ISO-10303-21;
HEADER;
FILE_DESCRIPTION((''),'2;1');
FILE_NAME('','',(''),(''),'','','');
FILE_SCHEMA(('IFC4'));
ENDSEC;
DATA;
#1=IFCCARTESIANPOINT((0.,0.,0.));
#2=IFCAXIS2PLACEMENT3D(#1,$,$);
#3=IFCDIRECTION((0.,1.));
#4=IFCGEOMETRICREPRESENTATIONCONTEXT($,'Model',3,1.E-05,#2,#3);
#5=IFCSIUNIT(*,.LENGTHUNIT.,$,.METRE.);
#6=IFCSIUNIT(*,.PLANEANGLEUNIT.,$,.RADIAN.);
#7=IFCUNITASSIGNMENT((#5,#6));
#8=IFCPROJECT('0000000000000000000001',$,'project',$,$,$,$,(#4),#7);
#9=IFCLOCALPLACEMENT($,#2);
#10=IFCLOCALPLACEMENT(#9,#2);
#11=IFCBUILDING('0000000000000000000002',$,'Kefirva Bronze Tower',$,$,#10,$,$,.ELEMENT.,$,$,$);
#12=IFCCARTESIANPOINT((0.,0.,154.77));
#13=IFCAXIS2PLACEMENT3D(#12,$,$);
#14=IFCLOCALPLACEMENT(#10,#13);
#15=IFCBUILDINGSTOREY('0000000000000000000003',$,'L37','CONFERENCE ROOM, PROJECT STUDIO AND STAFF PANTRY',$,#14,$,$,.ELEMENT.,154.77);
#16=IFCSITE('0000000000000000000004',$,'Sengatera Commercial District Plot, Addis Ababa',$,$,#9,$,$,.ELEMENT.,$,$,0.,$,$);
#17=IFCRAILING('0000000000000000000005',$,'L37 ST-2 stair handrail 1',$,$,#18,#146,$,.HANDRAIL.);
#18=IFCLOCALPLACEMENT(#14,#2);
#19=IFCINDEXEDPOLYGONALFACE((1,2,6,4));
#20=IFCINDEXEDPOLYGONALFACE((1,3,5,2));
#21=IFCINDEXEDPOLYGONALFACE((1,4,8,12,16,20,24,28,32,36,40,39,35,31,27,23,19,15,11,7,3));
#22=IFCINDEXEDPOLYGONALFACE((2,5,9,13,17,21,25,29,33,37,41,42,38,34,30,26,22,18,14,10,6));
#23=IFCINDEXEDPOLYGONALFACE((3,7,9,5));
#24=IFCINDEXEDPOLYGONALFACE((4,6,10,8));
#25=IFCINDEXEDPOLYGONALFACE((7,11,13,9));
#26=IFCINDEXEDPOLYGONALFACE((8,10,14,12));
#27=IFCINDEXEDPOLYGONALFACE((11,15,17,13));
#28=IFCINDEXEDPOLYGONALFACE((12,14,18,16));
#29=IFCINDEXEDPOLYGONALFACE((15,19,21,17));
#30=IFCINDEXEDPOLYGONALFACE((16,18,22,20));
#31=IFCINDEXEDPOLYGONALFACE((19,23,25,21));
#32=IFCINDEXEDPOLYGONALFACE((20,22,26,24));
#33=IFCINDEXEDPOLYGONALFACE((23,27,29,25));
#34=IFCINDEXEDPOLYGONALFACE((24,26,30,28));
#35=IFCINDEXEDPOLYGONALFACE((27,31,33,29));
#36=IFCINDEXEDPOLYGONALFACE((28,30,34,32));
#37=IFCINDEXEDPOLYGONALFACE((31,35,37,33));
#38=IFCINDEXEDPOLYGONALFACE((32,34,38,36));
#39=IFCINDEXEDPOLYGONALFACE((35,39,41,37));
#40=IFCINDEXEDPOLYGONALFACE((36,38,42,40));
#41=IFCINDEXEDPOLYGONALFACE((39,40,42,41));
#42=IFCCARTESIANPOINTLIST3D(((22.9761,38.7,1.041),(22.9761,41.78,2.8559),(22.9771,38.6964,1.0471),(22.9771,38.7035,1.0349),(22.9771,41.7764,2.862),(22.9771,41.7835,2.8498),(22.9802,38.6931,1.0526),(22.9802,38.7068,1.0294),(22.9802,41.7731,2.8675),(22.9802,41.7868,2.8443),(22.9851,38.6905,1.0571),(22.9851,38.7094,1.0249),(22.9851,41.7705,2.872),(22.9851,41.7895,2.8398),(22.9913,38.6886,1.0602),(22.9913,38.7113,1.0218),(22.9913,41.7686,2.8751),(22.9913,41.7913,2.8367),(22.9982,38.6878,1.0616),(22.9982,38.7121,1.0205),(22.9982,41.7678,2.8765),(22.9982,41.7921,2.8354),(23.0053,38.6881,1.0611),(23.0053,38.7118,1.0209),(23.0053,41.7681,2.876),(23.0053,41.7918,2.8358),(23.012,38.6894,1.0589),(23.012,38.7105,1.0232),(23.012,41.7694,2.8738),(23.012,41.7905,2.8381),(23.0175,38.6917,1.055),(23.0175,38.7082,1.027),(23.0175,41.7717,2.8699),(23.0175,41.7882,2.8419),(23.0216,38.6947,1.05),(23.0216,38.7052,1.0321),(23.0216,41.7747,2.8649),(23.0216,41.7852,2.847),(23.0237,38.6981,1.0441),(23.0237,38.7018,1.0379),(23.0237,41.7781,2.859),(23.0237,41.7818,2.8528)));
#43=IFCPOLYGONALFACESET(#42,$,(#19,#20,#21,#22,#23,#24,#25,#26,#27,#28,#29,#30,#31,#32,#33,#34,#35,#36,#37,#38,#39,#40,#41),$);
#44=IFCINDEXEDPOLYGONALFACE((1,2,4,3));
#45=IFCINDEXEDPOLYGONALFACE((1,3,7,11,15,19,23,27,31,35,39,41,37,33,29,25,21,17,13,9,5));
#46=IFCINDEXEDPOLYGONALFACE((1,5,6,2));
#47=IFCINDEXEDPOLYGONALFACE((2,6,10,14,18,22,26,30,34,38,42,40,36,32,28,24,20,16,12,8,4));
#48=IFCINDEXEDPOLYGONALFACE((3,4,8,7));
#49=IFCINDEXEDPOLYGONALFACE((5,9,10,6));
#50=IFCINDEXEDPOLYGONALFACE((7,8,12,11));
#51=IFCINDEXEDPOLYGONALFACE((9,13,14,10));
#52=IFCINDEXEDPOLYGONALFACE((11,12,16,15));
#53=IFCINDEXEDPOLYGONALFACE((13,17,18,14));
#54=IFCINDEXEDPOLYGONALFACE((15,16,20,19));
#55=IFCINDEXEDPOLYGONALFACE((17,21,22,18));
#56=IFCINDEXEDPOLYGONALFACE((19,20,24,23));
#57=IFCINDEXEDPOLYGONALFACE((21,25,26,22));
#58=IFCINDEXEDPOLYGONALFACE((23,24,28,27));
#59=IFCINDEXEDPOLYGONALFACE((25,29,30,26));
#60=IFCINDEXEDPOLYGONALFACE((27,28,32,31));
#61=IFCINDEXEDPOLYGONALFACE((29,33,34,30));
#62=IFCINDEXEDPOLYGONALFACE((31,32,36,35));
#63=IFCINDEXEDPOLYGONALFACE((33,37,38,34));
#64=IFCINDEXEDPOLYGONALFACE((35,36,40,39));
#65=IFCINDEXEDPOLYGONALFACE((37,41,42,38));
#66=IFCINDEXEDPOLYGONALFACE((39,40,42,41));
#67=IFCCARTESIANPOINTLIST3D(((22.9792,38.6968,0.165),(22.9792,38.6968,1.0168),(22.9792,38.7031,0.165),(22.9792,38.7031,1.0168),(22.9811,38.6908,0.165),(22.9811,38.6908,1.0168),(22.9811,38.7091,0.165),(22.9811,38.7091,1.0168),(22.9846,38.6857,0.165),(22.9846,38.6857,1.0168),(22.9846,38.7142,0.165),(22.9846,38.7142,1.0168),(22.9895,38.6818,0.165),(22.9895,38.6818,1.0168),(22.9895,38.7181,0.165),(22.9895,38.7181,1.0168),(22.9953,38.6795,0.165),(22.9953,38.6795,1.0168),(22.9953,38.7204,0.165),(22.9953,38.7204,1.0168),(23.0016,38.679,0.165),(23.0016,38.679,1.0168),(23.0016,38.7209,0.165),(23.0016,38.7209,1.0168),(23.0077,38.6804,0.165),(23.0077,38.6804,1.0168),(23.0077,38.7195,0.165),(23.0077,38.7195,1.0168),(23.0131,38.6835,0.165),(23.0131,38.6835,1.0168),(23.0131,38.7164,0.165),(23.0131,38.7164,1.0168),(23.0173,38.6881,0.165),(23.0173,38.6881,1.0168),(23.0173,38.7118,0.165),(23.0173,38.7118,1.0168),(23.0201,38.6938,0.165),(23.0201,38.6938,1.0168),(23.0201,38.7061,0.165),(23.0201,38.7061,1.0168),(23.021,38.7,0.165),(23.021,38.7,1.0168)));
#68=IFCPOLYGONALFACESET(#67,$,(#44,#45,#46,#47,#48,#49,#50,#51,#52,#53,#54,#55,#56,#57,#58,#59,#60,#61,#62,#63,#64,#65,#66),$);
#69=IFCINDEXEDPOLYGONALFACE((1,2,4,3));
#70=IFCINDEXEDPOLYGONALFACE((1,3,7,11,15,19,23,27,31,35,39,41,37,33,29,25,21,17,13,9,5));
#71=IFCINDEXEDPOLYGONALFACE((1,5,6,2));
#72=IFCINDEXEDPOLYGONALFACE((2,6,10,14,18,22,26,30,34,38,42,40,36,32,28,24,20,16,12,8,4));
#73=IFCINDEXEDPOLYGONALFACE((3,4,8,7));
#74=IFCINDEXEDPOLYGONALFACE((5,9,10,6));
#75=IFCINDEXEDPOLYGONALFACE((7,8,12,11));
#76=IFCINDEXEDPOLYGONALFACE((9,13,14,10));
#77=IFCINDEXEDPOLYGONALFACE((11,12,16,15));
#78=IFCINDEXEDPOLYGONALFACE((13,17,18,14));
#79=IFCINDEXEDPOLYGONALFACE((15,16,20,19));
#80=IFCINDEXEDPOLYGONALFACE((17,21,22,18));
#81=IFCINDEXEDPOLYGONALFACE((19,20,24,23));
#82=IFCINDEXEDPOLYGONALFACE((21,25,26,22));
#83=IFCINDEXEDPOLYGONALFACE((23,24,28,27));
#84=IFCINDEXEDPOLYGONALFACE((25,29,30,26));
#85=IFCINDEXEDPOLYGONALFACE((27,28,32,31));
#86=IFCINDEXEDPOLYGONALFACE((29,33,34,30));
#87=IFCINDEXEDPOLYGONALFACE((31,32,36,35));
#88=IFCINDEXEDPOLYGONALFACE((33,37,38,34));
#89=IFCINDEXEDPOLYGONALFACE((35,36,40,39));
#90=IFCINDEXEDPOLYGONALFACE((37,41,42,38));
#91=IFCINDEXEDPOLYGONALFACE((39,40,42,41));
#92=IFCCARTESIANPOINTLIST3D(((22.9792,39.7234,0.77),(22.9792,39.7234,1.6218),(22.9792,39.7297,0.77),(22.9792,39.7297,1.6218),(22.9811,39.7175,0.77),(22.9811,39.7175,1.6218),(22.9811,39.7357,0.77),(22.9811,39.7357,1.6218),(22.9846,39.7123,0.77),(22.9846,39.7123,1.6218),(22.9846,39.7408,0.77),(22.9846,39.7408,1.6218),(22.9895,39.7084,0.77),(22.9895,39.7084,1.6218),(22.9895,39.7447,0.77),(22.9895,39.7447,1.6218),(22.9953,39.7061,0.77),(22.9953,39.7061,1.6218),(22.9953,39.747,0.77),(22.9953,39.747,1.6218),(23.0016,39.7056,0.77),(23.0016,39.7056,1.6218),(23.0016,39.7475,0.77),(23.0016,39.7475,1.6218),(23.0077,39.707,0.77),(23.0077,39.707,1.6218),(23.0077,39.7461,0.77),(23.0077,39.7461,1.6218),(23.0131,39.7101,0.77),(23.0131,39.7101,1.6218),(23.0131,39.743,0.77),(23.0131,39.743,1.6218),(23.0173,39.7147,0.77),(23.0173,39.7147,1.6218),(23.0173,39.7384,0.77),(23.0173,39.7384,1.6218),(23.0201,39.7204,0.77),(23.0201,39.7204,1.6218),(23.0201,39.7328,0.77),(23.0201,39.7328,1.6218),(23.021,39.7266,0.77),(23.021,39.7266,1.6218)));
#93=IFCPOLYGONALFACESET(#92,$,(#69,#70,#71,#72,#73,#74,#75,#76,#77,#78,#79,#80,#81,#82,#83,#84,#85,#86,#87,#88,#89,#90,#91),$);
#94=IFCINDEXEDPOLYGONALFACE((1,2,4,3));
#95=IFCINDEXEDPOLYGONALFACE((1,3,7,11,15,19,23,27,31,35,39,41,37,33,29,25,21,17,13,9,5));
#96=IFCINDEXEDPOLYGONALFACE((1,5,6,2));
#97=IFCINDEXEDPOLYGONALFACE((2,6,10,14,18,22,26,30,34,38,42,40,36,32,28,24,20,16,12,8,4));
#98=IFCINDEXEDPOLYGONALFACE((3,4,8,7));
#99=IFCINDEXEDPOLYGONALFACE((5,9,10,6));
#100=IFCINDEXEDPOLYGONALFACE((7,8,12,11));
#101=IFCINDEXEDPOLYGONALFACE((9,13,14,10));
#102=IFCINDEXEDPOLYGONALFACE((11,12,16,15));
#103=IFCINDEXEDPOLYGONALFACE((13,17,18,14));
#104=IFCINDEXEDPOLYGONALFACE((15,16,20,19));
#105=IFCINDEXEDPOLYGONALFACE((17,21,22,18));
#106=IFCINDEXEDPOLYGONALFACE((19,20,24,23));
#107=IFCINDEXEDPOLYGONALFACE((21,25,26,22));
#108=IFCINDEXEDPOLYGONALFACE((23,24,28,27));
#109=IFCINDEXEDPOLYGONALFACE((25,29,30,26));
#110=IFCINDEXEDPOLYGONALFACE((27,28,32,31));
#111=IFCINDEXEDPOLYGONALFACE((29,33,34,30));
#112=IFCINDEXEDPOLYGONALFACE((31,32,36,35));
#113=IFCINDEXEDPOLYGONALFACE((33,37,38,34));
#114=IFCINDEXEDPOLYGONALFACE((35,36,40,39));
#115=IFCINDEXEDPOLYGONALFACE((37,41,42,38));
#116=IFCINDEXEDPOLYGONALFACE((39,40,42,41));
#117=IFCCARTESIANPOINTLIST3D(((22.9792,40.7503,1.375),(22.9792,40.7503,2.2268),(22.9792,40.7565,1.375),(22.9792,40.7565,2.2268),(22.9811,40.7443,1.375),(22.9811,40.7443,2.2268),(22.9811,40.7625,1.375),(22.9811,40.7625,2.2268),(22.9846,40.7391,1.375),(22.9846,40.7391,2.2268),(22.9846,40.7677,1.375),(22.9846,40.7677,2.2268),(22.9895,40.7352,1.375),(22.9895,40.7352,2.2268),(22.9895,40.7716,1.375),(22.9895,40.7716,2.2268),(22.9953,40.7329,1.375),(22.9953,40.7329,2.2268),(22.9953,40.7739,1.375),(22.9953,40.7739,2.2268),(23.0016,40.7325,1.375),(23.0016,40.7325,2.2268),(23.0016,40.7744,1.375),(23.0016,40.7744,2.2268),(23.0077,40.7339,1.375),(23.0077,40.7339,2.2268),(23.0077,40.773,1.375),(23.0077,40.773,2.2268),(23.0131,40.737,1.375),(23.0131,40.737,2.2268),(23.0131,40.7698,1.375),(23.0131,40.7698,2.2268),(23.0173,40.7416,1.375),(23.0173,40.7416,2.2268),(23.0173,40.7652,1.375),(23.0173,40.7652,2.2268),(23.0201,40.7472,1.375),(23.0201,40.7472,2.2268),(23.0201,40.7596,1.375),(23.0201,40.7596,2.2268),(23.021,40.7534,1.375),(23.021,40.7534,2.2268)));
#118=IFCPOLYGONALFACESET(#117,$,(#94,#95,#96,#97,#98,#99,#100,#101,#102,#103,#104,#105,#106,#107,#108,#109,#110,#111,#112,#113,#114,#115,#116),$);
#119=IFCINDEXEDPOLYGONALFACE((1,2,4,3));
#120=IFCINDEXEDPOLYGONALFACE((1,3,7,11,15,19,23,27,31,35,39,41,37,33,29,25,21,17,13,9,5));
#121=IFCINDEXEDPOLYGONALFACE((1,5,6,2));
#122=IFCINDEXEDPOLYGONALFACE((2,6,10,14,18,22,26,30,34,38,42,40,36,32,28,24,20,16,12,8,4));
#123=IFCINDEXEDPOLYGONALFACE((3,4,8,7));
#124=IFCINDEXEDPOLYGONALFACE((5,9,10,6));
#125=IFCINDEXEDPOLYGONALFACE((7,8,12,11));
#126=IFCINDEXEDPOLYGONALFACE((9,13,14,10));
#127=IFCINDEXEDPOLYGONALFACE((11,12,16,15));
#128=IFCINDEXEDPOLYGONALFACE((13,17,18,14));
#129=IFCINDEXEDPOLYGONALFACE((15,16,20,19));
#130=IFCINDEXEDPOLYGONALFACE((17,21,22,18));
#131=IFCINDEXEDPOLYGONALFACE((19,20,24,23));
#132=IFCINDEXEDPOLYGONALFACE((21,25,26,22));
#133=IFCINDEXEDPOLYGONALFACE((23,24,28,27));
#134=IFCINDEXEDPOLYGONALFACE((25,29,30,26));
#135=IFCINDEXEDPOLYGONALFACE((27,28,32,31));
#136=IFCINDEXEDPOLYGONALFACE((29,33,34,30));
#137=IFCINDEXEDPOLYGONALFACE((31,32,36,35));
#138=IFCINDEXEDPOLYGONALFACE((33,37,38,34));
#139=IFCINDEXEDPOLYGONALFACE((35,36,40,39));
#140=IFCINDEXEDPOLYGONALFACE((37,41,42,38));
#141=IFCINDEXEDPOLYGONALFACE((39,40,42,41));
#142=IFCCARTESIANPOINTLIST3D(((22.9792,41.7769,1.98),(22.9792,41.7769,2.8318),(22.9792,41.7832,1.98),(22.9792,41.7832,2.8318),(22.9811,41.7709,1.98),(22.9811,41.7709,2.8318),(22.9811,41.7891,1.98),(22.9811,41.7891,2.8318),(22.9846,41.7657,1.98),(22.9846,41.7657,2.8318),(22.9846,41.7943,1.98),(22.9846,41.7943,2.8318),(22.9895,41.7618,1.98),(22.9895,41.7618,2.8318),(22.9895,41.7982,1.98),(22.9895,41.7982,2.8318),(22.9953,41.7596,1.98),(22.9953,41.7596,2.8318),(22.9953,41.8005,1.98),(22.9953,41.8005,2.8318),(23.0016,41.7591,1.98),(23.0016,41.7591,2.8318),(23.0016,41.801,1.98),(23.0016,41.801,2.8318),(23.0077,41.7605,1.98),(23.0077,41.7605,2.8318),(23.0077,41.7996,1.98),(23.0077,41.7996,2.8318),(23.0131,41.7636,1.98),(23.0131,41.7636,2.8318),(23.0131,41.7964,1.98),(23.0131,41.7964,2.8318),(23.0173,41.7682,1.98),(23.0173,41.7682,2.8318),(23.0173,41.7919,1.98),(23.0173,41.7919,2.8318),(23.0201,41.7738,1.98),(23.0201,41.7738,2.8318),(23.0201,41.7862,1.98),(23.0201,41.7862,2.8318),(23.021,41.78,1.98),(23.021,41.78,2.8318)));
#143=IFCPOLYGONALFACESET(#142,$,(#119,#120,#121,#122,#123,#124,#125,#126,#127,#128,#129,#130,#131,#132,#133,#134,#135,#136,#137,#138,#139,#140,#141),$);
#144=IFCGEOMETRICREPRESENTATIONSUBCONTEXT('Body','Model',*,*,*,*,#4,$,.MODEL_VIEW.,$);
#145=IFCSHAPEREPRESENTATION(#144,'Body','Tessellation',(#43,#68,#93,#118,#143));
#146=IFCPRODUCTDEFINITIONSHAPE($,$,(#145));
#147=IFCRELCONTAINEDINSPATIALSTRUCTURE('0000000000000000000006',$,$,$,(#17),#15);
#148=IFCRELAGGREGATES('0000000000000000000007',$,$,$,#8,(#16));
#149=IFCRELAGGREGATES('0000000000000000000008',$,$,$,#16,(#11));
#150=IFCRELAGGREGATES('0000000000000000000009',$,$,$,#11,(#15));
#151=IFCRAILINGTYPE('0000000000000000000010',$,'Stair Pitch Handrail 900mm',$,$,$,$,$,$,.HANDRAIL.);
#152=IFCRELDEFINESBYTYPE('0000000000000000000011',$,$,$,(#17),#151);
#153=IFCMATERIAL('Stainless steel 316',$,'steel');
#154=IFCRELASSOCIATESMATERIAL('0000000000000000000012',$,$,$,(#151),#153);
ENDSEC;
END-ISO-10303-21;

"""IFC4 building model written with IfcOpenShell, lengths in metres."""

from ifc_helpers import new_model, si_unit, direction, frame, origin, origin_2d, place, context, subcontext, project, spatial, circle, extrude, material, type_object, element, save


model = new_model("IFC4")

# Units and contexts
model_context = context("Model", 3, precision=1e-05, world=origin(), true_north=direction((0.0, 1.0)))
body_context = subcontext(model_context, "Body", "Model", "MODEL_VIEW")
ifc_project = project(units=[si_unit("LENGTHUNIT", "METRE"), si_unit("PLANEANGLEUNIT", "RADIAN")], contexts=[model_context])

# Site, building, storey
site_placement = place(None, origin())
site = spatial("IfcSite", under=ifc_project, at=site_placement, Name="Sengatera Commercial District Plot, Addis Ababa", CompositionType="ELEMENT", RefElevation=0.0)
building_placement = place(site_placement, origin())
building = spatial("IfcBuilding", under=site, at=building_placement, Name="Kefirva Bronze Tower", CompositionType="ELEMENT")
storey_placement = place(building_placement, frame((0.0, 0.0, 154.77)))
storey = spatial("IfcBuildingStorey", under=building, at=storey_placement, Name="L37", Description="CONFERENCE ROOM, PROJECT STUDIO AND STAFF PANTRY", CompositionType="ELEMENT", Elevation=154.77)

# Railing
ifc_material_1 = material(Name="Stainless steel 316", Category="steel")
railing_type_1 = type_object("IfcRailingType", Name="Stair Pitch Handrail 900mm", PredefinedType="HANDRAIL", material=ifc_material_1)
railing_1_placement = place(storey_placement, frame((23.0, 38.7, 0.165)))
element("IfcRailing", 1, at=railing_1_placement, inside=storey, type_object=railing_type_1, Name="L37 ST-2 stair handrail 1", PredefinedType="HANDRAIL", context=body_context, shape_type="SweptSolid", body=[
    extrude(circle(Radius=0.0239, at=origin_2d()), frame((0.0, 0.0, 0.876), z_axis=(0.0, 0.861551, 0.507671), x_axis=(-1.0, 0.0, 0.0)), (0.0, 0.0, 1.0), 3.575),
    extrude(circle(Radius=0.021, at=origin_2d()), origin(), (0.0, 0.0, 1.0), 0.8518),
    extrude(circle(Radius=0.021, at=origin_2d()), frame((0.0, 1.0266, 0.605)), (0.0, 0.0, 1.0), 0.8518),
    extrude(circle(Radius=0.021, at=origin_2d()), frame((0.0, 2.0535, 1.21)), (0.0, 0.0, 1.0), 0.8518),
    extrude(circle(Radius=0.021, at=origin_2d()), frame((0.0, 3.0801, 1.8149)), (0.0, 0.0, 1.0), 0.8518),
])

save(model, "model.ifc")
